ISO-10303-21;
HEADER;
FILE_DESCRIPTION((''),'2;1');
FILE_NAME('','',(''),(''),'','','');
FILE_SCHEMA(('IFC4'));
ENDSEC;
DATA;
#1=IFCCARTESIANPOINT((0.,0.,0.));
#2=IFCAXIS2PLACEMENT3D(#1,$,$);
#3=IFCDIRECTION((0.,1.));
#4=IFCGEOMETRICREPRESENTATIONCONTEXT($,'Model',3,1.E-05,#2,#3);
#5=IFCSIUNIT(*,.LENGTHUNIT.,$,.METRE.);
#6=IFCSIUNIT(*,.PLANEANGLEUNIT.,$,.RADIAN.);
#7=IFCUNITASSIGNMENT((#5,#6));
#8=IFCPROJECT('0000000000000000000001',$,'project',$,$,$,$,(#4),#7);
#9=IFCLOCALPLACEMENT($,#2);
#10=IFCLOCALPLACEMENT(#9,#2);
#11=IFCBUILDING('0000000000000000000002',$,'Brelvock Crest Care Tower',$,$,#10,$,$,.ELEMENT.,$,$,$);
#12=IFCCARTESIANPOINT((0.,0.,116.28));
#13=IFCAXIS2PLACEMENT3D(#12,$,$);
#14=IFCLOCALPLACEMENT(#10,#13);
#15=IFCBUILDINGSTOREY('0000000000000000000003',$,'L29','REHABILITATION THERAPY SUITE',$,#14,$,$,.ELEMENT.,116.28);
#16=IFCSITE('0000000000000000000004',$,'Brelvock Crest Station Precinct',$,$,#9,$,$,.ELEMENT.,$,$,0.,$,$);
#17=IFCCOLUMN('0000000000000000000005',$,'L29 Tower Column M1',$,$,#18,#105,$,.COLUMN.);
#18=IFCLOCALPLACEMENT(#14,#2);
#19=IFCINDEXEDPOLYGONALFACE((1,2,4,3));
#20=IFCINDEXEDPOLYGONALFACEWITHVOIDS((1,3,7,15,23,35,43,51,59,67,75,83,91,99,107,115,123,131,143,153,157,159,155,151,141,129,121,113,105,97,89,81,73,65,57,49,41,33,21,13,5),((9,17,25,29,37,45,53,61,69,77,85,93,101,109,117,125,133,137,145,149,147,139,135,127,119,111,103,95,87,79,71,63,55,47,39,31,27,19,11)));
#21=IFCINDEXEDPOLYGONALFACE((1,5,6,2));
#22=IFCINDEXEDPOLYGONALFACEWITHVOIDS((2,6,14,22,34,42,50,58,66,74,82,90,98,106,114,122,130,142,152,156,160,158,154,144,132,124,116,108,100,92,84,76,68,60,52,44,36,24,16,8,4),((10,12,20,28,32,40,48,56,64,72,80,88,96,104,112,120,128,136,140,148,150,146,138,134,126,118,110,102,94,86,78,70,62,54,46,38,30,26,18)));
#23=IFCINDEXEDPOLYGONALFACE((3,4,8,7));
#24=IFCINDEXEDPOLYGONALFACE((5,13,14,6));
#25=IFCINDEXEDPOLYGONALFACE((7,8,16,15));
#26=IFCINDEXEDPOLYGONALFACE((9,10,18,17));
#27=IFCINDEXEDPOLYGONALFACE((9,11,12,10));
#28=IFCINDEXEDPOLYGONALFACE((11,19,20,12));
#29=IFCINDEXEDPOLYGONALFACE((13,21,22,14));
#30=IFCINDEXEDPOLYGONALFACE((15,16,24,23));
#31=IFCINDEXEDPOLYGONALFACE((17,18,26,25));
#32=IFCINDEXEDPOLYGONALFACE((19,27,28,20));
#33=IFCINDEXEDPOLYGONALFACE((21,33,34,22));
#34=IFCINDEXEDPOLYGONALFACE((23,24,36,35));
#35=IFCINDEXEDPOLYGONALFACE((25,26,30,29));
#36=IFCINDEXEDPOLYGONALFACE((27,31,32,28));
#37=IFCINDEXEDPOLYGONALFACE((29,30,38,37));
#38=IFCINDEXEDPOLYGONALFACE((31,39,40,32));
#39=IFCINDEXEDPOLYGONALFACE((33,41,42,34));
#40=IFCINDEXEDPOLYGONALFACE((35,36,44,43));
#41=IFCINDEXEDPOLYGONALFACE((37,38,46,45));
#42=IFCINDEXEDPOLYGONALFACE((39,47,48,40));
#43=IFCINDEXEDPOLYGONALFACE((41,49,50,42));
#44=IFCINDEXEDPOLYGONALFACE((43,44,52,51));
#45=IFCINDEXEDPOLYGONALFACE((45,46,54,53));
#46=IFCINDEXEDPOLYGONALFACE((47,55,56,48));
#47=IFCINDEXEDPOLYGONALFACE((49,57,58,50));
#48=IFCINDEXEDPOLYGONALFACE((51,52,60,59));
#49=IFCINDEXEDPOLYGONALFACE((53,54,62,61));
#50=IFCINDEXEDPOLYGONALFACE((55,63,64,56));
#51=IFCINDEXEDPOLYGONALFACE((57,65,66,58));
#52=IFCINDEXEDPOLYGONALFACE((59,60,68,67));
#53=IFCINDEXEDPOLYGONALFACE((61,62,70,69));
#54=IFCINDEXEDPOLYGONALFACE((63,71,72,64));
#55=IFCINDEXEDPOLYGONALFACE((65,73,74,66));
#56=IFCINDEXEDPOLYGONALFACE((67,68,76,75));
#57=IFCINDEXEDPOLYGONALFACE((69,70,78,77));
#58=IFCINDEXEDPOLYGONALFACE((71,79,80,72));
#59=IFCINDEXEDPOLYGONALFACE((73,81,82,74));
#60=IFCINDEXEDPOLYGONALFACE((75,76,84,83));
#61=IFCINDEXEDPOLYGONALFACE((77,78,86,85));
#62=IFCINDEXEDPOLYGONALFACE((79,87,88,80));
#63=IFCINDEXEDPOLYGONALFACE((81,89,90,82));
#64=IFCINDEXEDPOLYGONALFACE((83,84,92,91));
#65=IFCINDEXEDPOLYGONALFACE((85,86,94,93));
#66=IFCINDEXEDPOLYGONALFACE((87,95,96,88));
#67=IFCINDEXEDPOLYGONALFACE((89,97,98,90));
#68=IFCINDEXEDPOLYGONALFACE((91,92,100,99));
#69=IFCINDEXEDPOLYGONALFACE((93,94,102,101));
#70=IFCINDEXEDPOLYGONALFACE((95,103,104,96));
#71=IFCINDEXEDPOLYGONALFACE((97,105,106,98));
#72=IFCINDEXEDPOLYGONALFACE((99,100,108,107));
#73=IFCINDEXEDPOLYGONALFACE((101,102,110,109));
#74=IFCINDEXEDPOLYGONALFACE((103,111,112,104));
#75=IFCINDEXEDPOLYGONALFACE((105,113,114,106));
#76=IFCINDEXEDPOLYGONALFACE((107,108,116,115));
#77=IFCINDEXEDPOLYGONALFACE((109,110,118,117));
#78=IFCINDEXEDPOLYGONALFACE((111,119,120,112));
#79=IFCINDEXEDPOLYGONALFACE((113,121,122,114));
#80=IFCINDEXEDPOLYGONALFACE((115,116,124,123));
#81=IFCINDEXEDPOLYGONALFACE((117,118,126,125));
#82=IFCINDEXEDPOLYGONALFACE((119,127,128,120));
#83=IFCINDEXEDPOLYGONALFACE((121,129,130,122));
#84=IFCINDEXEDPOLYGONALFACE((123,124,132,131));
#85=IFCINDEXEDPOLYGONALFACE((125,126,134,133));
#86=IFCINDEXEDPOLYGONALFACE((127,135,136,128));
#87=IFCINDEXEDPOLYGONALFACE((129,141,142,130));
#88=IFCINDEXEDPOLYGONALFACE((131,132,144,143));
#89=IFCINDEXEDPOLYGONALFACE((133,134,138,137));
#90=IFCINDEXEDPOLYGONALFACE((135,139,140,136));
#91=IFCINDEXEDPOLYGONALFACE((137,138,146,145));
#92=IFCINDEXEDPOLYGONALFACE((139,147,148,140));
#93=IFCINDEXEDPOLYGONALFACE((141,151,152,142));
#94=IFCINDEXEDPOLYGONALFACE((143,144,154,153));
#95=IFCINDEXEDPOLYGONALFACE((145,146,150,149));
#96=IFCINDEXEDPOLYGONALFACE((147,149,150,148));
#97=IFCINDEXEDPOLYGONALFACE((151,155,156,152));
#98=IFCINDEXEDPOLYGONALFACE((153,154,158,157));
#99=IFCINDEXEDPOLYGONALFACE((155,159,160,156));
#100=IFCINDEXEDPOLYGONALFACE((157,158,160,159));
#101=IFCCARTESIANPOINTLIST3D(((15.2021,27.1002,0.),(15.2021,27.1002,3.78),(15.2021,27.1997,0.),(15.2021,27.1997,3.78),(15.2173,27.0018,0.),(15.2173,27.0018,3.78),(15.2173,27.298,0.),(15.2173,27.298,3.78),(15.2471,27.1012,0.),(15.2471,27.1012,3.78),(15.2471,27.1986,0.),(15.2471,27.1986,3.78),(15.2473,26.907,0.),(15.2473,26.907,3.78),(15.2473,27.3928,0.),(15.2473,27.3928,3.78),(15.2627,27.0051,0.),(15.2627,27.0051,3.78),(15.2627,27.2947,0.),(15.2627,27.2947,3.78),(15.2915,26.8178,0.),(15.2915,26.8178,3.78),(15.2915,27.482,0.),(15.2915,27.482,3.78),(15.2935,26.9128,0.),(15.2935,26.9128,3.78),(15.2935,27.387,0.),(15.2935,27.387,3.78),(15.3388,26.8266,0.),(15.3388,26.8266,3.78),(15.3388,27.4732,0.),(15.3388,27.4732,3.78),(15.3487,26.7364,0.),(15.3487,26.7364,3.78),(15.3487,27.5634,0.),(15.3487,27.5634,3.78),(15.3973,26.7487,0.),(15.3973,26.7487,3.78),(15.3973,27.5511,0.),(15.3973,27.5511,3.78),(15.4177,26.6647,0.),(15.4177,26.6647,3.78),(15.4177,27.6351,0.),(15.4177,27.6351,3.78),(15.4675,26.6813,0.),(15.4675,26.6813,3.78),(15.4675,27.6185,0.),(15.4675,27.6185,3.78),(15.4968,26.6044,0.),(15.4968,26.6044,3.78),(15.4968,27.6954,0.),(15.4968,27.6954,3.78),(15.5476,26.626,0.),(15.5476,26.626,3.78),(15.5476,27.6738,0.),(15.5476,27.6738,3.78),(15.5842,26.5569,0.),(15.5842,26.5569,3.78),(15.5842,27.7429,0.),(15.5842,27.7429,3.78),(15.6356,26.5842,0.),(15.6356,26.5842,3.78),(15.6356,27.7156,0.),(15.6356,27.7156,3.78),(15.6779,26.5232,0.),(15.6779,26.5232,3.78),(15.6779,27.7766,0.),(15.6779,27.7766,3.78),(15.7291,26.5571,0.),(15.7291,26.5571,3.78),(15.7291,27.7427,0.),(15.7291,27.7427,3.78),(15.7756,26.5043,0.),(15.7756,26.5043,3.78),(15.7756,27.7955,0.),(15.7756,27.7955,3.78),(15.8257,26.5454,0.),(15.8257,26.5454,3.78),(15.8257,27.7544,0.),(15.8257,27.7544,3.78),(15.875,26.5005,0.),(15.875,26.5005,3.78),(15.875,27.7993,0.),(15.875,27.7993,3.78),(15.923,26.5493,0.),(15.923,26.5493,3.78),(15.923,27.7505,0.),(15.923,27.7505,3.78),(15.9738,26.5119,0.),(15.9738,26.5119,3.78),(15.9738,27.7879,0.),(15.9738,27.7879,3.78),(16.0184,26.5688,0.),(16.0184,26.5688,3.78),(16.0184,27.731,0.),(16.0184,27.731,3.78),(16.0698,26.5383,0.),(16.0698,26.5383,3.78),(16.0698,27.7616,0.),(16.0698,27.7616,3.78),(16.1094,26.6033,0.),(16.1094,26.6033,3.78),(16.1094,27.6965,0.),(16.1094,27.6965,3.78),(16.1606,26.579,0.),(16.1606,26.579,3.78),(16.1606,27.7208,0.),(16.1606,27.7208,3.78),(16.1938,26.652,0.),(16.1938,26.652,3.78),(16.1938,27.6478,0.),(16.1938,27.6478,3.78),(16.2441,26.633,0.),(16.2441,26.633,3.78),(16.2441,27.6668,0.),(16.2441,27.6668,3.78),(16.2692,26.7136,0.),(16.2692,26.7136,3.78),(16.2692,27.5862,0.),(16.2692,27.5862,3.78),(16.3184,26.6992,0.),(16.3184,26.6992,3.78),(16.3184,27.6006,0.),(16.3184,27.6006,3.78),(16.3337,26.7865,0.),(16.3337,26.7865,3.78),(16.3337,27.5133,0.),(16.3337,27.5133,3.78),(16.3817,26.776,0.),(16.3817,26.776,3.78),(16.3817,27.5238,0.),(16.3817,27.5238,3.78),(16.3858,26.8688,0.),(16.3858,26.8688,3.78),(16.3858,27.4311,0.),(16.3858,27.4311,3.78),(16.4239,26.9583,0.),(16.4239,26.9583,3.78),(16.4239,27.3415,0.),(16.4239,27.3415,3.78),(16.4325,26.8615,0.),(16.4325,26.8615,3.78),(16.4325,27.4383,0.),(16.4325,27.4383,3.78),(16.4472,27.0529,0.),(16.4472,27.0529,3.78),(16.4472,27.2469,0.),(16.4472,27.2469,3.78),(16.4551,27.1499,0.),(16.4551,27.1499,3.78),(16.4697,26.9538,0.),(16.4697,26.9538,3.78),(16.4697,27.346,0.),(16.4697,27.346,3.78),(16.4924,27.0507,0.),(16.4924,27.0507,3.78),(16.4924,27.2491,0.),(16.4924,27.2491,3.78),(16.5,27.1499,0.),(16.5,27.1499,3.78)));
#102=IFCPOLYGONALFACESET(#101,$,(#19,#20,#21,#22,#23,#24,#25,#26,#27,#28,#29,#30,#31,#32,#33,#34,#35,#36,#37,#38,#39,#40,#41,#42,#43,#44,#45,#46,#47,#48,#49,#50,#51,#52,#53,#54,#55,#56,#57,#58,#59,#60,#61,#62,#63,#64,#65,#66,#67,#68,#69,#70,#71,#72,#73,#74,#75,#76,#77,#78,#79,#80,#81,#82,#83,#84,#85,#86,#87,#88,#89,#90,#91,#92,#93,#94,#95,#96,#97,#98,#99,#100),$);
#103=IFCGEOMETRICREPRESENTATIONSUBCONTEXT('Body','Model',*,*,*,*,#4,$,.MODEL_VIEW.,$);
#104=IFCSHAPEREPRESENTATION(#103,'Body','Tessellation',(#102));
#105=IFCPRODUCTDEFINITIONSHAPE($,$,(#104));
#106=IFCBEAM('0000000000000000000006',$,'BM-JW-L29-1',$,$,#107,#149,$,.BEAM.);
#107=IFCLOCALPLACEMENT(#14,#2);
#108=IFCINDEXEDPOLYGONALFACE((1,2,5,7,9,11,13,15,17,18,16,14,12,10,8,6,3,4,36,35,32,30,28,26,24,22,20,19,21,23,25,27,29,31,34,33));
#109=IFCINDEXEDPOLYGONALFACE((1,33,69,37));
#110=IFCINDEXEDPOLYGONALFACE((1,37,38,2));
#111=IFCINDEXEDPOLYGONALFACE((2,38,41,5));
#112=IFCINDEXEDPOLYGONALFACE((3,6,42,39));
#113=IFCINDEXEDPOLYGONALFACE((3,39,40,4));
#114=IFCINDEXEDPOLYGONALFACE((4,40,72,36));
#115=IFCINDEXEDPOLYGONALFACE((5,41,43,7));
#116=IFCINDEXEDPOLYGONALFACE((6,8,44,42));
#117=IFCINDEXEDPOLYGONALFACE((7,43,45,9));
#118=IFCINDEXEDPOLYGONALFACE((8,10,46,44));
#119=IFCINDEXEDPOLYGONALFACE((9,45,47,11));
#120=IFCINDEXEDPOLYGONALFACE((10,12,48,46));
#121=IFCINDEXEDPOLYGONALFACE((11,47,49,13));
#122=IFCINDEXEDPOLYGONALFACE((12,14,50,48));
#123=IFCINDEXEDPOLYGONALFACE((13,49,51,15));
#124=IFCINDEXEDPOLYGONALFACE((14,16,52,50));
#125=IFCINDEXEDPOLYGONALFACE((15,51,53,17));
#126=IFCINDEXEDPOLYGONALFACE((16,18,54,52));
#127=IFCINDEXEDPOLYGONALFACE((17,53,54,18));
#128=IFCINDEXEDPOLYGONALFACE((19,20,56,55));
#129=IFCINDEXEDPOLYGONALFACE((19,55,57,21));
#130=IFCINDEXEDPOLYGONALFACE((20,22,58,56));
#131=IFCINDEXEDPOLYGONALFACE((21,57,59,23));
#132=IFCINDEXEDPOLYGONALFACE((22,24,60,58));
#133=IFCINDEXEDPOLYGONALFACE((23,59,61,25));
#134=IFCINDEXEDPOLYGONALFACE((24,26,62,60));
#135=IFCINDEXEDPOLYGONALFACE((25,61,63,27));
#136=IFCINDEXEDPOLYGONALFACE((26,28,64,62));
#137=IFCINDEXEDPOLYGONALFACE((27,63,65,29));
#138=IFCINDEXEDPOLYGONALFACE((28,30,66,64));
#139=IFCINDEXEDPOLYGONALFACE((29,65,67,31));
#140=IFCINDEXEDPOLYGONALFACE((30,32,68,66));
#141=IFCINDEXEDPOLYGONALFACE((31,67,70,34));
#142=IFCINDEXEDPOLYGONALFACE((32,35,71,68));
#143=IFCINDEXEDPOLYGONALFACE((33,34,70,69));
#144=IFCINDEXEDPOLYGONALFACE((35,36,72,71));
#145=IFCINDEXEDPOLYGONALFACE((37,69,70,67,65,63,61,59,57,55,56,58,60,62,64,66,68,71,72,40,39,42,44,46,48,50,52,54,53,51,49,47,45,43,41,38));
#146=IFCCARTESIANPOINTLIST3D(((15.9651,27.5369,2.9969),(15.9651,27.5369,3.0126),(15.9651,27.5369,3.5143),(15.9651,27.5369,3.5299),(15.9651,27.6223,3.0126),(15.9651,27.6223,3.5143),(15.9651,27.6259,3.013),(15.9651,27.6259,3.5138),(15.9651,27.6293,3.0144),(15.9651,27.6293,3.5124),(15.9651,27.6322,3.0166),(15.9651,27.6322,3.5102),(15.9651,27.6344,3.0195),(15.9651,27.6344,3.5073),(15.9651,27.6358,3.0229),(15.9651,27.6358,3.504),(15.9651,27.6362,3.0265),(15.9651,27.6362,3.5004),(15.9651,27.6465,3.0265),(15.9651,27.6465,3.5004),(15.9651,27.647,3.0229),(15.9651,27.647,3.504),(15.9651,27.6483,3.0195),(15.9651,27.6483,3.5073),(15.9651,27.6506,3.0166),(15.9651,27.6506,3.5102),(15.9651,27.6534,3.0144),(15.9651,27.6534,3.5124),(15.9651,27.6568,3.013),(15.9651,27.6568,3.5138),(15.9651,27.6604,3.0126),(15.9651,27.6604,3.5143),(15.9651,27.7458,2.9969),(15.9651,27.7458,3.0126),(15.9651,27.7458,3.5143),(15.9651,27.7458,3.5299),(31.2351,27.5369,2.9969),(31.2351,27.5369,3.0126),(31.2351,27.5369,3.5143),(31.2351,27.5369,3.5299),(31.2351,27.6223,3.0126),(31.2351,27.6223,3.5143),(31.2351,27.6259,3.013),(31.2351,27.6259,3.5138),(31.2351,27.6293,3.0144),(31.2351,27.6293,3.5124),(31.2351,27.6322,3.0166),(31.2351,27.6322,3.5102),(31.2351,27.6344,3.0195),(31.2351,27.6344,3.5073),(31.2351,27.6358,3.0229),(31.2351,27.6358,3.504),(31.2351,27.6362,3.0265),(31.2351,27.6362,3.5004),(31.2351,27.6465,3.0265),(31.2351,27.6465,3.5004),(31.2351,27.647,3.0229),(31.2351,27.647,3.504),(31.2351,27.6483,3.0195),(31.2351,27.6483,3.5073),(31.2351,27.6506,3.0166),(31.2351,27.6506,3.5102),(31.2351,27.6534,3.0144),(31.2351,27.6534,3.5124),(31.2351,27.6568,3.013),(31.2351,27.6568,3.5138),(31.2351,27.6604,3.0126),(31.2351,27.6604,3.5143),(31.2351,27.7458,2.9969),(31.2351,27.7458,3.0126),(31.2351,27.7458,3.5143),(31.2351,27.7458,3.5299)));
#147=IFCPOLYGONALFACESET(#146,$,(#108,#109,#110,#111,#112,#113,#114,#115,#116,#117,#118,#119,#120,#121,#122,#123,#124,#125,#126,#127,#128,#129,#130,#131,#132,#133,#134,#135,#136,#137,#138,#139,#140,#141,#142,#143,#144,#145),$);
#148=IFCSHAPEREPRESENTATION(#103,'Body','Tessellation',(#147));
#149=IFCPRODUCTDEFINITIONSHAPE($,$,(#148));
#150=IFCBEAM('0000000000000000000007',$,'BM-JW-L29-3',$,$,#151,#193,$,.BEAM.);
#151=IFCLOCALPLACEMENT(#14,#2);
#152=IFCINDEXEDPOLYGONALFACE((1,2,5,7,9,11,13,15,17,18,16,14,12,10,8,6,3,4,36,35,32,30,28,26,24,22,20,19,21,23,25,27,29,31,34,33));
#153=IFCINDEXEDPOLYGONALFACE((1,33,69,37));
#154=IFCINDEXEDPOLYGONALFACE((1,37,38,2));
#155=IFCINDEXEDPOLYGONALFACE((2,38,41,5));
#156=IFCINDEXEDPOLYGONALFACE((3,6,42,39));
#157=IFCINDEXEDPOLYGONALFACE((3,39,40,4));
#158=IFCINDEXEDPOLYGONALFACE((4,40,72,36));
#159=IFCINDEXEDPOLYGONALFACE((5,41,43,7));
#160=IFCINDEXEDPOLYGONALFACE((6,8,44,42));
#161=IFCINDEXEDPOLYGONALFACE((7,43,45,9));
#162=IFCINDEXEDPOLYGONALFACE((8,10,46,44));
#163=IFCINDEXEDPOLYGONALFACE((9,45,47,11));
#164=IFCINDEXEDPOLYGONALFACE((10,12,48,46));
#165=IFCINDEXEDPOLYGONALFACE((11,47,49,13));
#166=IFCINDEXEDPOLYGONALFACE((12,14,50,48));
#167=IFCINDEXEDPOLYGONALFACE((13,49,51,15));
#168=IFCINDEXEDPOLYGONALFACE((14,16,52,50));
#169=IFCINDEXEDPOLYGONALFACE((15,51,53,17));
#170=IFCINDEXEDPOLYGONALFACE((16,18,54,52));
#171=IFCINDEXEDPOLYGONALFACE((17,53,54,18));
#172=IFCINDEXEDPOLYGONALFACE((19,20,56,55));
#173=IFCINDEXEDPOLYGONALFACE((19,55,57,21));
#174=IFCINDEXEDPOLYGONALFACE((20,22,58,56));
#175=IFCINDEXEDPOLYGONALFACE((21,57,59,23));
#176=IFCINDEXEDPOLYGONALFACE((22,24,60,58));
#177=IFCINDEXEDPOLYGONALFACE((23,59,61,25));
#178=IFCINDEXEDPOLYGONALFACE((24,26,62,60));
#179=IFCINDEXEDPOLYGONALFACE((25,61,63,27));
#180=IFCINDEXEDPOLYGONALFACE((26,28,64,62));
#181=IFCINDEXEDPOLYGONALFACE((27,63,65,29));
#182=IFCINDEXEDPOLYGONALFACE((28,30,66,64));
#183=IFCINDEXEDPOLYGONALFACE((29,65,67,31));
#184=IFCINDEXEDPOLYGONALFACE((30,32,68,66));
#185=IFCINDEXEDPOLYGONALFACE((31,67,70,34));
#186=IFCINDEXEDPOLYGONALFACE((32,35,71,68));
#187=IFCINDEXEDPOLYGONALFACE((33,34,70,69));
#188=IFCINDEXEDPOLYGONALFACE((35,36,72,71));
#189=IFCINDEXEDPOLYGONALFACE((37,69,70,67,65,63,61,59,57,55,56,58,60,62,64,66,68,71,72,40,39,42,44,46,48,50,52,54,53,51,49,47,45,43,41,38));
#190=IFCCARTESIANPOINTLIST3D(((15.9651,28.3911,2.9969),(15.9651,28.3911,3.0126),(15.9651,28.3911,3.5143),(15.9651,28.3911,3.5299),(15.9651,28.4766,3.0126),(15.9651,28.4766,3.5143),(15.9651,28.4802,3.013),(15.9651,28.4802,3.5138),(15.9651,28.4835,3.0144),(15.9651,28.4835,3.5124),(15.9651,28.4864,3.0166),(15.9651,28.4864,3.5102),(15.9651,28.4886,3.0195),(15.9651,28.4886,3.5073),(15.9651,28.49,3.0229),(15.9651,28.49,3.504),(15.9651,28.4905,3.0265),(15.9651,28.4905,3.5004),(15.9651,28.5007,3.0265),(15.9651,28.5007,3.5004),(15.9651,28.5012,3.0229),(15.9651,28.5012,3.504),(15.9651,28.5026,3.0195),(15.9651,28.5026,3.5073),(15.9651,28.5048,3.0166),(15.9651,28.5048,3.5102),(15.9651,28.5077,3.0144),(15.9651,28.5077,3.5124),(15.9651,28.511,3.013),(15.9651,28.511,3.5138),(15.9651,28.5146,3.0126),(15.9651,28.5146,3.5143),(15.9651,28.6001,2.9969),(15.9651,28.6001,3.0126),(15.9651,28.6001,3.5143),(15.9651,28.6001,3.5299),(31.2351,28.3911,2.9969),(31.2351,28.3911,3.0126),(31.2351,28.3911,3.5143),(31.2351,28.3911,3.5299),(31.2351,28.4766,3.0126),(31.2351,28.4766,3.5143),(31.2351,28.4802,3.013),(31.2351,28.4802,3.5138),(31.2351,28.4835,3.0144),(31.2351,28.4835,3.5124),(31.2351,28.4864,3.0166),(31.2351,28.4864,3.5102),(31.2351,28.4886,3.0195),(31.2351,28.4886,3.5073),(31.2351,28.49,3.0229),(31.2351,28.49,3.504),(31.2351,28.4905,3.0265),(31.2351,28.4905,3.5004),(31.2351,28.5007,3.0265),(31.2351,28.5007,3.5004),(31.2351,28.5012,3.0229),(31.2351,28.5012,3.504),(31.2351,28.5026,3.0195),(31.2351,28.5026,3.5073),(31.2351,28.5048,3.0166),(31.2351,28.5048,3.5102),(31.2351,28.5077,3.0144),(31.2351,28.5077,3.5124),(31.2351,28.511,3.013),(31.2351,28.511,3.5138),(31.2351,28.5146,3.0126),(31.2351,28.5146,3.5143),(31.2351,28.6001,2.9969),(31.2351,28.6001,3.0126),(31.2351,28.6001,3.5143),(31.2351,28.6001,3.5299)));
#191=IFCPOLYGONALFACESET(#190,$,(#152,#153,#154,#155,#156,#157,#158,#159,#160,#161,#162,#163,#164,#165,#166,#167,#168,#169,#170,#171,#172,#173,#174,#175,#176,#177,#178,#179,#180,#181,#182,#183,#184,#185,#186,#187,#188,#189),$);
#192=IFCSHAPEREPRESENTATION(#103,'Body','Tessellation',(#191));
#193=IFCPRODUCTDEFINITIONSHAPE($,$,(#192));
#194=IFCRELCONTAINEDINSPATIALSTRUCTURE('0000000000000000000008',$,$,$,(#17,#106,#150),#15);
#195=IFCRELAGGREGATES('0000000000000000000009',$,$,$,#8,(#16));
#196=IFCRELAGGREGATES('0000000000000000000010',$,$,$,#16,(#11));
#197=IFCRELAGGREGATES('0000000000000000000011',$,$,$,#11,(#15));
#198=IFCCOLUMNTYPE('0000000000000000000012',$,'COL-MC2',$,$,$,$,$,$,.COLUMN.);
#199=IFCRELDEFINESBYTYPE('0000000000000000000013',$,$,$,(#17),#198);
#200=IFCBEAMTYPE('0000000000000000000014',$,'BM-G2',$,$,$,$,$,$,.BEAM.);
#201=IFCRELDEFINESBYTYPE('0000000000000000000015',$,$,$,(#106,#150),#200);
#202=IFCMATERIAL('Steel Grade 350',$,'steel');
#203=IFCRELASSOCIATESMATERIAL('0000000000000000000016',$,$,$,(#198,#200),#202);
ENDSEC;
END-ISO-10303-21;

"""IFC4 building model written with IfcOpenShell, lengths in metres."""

from ifc_helpers import new_model, si_unit, direction, frame, origin, origin_2d, place, context, subcontext, project, spatial, hollow_circle, i_section, extrude, source, transform, mapped, material, material_profile, profile_set, type_object, element, save


model = new_model("IFC4")

# Units and contexts
model_context = context("Model", 3, precision=1e-05, world=origin(), true_north=direction((0.0, 1.0)))
body_context = subcontext(model_context, "Body", "Model", "MODEL_VIEW")
ifc_project = project(units=[si_unit("LENGTHUNIT", "METRE"), si_unit("PLANEANGLEUNIT", "RADIAN")], contexts=[model_context])

# Site, building, storey
site_placement = place(None, origin())
site = spatial("IfcSite", under=ifc_project, at=site_placement, Name="Brelvock Crest Station Precinct", CompositionType="ELEMENT", RefElevation=0.0)
building_placement = place(site_placement, origin())
building = spatial("IfcBuilding", under=site, at=building_placement, Name="Brelvock Crest Care Tower", CompositionType="ELEMENT")
storey_placement = place(building_placement, frame((0.0, 0.0, 116.28)))
storey = spatial("IfcBuildingStorey", under=building, at=storey_placement, Name="L29", Description="REHABILITATION THERAPY SUITE", CompositionType="ELEMENT", Elevation=116.28)

# Column
ifc_material_1 = material(Name="Steel Grade 350", Category="steel")
ifc_material_profile_1 = material_profile(ifc_material_1, hollow_circle(Radius=0.6499, WallThickness=0.0449, at=origin_2d()), Name="CFT1300x45")
ifc_profile_set_1 = profile_set([ifc_material_profile_1], Name="Steel Grade 350")
column_type = type_object("IfcColumnType", Name="COL-MC2", PredefinedType="COLUMN", material=ifc_profile_set_1)
shared_shape_1 = source(origin(), body_context, "Body", "SweptSolid", [
    extrude(hollow_circle(Radius=0.6499, WallThickness=0.0449, at=origin_2d()), origin(), (0.0, 0.0, 1.0), 3.78),
])
column_placement = place(storey_placement, frame((15.8501, 27.1499, 0.0), z_axis=(0.0, 0.0, 1.0), x_axis=(1.0, 0.0, 0.0)))
element("IfcColumn", 1, at=column_placement, inside=storey, type_object=column_type, Name="L29 Tower Column M1", PredefinedType="COLUMN", context=body_context, shape_type="MappedRepresentation", body=[
    mapped(shared_shape_1, transform((0.0, 0.0, 0.0), x_axis=(1.0, 0.0, 0.0), y_axis=(0.0, 1.0, 0.0), z_axis=(0.0, 0.0, 1.0), scale=1.0)),
])

# Beams
ifc_material_profile_2 = material_profile(ifc_material_1, i_section(OverallWidth=0.209, OverallDepth=0.533, WebThickness=0.0103, FlangeThickness=0.0156, FilletRadius=0.0139, at=origin_2d()), Name="530UB92.4")
ifc_profile_set_2 = profile_set([ifc_material_profile_2], Name="Steel Grade 350")
beam_type_1 = type_object("IfcBeamType", Name="BM-G2", PredefinedType="BEAM", material=ifc_profile_set_2)
shared_shape_2 = source(origin(), body_context, "Body", "SweptSolid", [
    extrude(i_section(OverallWidth=0.209, OverallDepth=0.533, WebThickness=0.0103, FlangeThickness=0.0156, FilletRadius=0.0139, at=origin_2d()), origin(), (0.0, 0.0, 1.0), 15.27),
])
for number, where, z_axis, x_axis, name in (
    (2, (15.9651, 27.6414, 3.2634), (1.0, 0.0, 0.0), (0.0, 1.0, 0.0), "BM-JW-L29-1"),
    (3, (15.9651, 28.4956, 3.2634), (1.0, 0.0, 0.0), (0.0, 1.0, 0.0), "BM-JW-L29-3"),
):
    element("IfcBeam", number, at=place(storey_placement, frame(where, z_axis=z_axis, x_axis=x_axis)), inside=storey, type_object=beam_type_1, Name=name, PredefinedType="BEAM", context=body_context, shape_type="MappedRepresentation", body=[
        mapped(shared_shape_2, transform((0.0, 0.0, 0.0), x_axis=(1.0, 0.0, 0.0), y_axis=(0.0, 1.0, 0.0), z_axis=(0.0, 0.0, 1.0), scale=1.0)),
    ])

save(model, "model.ifc")
